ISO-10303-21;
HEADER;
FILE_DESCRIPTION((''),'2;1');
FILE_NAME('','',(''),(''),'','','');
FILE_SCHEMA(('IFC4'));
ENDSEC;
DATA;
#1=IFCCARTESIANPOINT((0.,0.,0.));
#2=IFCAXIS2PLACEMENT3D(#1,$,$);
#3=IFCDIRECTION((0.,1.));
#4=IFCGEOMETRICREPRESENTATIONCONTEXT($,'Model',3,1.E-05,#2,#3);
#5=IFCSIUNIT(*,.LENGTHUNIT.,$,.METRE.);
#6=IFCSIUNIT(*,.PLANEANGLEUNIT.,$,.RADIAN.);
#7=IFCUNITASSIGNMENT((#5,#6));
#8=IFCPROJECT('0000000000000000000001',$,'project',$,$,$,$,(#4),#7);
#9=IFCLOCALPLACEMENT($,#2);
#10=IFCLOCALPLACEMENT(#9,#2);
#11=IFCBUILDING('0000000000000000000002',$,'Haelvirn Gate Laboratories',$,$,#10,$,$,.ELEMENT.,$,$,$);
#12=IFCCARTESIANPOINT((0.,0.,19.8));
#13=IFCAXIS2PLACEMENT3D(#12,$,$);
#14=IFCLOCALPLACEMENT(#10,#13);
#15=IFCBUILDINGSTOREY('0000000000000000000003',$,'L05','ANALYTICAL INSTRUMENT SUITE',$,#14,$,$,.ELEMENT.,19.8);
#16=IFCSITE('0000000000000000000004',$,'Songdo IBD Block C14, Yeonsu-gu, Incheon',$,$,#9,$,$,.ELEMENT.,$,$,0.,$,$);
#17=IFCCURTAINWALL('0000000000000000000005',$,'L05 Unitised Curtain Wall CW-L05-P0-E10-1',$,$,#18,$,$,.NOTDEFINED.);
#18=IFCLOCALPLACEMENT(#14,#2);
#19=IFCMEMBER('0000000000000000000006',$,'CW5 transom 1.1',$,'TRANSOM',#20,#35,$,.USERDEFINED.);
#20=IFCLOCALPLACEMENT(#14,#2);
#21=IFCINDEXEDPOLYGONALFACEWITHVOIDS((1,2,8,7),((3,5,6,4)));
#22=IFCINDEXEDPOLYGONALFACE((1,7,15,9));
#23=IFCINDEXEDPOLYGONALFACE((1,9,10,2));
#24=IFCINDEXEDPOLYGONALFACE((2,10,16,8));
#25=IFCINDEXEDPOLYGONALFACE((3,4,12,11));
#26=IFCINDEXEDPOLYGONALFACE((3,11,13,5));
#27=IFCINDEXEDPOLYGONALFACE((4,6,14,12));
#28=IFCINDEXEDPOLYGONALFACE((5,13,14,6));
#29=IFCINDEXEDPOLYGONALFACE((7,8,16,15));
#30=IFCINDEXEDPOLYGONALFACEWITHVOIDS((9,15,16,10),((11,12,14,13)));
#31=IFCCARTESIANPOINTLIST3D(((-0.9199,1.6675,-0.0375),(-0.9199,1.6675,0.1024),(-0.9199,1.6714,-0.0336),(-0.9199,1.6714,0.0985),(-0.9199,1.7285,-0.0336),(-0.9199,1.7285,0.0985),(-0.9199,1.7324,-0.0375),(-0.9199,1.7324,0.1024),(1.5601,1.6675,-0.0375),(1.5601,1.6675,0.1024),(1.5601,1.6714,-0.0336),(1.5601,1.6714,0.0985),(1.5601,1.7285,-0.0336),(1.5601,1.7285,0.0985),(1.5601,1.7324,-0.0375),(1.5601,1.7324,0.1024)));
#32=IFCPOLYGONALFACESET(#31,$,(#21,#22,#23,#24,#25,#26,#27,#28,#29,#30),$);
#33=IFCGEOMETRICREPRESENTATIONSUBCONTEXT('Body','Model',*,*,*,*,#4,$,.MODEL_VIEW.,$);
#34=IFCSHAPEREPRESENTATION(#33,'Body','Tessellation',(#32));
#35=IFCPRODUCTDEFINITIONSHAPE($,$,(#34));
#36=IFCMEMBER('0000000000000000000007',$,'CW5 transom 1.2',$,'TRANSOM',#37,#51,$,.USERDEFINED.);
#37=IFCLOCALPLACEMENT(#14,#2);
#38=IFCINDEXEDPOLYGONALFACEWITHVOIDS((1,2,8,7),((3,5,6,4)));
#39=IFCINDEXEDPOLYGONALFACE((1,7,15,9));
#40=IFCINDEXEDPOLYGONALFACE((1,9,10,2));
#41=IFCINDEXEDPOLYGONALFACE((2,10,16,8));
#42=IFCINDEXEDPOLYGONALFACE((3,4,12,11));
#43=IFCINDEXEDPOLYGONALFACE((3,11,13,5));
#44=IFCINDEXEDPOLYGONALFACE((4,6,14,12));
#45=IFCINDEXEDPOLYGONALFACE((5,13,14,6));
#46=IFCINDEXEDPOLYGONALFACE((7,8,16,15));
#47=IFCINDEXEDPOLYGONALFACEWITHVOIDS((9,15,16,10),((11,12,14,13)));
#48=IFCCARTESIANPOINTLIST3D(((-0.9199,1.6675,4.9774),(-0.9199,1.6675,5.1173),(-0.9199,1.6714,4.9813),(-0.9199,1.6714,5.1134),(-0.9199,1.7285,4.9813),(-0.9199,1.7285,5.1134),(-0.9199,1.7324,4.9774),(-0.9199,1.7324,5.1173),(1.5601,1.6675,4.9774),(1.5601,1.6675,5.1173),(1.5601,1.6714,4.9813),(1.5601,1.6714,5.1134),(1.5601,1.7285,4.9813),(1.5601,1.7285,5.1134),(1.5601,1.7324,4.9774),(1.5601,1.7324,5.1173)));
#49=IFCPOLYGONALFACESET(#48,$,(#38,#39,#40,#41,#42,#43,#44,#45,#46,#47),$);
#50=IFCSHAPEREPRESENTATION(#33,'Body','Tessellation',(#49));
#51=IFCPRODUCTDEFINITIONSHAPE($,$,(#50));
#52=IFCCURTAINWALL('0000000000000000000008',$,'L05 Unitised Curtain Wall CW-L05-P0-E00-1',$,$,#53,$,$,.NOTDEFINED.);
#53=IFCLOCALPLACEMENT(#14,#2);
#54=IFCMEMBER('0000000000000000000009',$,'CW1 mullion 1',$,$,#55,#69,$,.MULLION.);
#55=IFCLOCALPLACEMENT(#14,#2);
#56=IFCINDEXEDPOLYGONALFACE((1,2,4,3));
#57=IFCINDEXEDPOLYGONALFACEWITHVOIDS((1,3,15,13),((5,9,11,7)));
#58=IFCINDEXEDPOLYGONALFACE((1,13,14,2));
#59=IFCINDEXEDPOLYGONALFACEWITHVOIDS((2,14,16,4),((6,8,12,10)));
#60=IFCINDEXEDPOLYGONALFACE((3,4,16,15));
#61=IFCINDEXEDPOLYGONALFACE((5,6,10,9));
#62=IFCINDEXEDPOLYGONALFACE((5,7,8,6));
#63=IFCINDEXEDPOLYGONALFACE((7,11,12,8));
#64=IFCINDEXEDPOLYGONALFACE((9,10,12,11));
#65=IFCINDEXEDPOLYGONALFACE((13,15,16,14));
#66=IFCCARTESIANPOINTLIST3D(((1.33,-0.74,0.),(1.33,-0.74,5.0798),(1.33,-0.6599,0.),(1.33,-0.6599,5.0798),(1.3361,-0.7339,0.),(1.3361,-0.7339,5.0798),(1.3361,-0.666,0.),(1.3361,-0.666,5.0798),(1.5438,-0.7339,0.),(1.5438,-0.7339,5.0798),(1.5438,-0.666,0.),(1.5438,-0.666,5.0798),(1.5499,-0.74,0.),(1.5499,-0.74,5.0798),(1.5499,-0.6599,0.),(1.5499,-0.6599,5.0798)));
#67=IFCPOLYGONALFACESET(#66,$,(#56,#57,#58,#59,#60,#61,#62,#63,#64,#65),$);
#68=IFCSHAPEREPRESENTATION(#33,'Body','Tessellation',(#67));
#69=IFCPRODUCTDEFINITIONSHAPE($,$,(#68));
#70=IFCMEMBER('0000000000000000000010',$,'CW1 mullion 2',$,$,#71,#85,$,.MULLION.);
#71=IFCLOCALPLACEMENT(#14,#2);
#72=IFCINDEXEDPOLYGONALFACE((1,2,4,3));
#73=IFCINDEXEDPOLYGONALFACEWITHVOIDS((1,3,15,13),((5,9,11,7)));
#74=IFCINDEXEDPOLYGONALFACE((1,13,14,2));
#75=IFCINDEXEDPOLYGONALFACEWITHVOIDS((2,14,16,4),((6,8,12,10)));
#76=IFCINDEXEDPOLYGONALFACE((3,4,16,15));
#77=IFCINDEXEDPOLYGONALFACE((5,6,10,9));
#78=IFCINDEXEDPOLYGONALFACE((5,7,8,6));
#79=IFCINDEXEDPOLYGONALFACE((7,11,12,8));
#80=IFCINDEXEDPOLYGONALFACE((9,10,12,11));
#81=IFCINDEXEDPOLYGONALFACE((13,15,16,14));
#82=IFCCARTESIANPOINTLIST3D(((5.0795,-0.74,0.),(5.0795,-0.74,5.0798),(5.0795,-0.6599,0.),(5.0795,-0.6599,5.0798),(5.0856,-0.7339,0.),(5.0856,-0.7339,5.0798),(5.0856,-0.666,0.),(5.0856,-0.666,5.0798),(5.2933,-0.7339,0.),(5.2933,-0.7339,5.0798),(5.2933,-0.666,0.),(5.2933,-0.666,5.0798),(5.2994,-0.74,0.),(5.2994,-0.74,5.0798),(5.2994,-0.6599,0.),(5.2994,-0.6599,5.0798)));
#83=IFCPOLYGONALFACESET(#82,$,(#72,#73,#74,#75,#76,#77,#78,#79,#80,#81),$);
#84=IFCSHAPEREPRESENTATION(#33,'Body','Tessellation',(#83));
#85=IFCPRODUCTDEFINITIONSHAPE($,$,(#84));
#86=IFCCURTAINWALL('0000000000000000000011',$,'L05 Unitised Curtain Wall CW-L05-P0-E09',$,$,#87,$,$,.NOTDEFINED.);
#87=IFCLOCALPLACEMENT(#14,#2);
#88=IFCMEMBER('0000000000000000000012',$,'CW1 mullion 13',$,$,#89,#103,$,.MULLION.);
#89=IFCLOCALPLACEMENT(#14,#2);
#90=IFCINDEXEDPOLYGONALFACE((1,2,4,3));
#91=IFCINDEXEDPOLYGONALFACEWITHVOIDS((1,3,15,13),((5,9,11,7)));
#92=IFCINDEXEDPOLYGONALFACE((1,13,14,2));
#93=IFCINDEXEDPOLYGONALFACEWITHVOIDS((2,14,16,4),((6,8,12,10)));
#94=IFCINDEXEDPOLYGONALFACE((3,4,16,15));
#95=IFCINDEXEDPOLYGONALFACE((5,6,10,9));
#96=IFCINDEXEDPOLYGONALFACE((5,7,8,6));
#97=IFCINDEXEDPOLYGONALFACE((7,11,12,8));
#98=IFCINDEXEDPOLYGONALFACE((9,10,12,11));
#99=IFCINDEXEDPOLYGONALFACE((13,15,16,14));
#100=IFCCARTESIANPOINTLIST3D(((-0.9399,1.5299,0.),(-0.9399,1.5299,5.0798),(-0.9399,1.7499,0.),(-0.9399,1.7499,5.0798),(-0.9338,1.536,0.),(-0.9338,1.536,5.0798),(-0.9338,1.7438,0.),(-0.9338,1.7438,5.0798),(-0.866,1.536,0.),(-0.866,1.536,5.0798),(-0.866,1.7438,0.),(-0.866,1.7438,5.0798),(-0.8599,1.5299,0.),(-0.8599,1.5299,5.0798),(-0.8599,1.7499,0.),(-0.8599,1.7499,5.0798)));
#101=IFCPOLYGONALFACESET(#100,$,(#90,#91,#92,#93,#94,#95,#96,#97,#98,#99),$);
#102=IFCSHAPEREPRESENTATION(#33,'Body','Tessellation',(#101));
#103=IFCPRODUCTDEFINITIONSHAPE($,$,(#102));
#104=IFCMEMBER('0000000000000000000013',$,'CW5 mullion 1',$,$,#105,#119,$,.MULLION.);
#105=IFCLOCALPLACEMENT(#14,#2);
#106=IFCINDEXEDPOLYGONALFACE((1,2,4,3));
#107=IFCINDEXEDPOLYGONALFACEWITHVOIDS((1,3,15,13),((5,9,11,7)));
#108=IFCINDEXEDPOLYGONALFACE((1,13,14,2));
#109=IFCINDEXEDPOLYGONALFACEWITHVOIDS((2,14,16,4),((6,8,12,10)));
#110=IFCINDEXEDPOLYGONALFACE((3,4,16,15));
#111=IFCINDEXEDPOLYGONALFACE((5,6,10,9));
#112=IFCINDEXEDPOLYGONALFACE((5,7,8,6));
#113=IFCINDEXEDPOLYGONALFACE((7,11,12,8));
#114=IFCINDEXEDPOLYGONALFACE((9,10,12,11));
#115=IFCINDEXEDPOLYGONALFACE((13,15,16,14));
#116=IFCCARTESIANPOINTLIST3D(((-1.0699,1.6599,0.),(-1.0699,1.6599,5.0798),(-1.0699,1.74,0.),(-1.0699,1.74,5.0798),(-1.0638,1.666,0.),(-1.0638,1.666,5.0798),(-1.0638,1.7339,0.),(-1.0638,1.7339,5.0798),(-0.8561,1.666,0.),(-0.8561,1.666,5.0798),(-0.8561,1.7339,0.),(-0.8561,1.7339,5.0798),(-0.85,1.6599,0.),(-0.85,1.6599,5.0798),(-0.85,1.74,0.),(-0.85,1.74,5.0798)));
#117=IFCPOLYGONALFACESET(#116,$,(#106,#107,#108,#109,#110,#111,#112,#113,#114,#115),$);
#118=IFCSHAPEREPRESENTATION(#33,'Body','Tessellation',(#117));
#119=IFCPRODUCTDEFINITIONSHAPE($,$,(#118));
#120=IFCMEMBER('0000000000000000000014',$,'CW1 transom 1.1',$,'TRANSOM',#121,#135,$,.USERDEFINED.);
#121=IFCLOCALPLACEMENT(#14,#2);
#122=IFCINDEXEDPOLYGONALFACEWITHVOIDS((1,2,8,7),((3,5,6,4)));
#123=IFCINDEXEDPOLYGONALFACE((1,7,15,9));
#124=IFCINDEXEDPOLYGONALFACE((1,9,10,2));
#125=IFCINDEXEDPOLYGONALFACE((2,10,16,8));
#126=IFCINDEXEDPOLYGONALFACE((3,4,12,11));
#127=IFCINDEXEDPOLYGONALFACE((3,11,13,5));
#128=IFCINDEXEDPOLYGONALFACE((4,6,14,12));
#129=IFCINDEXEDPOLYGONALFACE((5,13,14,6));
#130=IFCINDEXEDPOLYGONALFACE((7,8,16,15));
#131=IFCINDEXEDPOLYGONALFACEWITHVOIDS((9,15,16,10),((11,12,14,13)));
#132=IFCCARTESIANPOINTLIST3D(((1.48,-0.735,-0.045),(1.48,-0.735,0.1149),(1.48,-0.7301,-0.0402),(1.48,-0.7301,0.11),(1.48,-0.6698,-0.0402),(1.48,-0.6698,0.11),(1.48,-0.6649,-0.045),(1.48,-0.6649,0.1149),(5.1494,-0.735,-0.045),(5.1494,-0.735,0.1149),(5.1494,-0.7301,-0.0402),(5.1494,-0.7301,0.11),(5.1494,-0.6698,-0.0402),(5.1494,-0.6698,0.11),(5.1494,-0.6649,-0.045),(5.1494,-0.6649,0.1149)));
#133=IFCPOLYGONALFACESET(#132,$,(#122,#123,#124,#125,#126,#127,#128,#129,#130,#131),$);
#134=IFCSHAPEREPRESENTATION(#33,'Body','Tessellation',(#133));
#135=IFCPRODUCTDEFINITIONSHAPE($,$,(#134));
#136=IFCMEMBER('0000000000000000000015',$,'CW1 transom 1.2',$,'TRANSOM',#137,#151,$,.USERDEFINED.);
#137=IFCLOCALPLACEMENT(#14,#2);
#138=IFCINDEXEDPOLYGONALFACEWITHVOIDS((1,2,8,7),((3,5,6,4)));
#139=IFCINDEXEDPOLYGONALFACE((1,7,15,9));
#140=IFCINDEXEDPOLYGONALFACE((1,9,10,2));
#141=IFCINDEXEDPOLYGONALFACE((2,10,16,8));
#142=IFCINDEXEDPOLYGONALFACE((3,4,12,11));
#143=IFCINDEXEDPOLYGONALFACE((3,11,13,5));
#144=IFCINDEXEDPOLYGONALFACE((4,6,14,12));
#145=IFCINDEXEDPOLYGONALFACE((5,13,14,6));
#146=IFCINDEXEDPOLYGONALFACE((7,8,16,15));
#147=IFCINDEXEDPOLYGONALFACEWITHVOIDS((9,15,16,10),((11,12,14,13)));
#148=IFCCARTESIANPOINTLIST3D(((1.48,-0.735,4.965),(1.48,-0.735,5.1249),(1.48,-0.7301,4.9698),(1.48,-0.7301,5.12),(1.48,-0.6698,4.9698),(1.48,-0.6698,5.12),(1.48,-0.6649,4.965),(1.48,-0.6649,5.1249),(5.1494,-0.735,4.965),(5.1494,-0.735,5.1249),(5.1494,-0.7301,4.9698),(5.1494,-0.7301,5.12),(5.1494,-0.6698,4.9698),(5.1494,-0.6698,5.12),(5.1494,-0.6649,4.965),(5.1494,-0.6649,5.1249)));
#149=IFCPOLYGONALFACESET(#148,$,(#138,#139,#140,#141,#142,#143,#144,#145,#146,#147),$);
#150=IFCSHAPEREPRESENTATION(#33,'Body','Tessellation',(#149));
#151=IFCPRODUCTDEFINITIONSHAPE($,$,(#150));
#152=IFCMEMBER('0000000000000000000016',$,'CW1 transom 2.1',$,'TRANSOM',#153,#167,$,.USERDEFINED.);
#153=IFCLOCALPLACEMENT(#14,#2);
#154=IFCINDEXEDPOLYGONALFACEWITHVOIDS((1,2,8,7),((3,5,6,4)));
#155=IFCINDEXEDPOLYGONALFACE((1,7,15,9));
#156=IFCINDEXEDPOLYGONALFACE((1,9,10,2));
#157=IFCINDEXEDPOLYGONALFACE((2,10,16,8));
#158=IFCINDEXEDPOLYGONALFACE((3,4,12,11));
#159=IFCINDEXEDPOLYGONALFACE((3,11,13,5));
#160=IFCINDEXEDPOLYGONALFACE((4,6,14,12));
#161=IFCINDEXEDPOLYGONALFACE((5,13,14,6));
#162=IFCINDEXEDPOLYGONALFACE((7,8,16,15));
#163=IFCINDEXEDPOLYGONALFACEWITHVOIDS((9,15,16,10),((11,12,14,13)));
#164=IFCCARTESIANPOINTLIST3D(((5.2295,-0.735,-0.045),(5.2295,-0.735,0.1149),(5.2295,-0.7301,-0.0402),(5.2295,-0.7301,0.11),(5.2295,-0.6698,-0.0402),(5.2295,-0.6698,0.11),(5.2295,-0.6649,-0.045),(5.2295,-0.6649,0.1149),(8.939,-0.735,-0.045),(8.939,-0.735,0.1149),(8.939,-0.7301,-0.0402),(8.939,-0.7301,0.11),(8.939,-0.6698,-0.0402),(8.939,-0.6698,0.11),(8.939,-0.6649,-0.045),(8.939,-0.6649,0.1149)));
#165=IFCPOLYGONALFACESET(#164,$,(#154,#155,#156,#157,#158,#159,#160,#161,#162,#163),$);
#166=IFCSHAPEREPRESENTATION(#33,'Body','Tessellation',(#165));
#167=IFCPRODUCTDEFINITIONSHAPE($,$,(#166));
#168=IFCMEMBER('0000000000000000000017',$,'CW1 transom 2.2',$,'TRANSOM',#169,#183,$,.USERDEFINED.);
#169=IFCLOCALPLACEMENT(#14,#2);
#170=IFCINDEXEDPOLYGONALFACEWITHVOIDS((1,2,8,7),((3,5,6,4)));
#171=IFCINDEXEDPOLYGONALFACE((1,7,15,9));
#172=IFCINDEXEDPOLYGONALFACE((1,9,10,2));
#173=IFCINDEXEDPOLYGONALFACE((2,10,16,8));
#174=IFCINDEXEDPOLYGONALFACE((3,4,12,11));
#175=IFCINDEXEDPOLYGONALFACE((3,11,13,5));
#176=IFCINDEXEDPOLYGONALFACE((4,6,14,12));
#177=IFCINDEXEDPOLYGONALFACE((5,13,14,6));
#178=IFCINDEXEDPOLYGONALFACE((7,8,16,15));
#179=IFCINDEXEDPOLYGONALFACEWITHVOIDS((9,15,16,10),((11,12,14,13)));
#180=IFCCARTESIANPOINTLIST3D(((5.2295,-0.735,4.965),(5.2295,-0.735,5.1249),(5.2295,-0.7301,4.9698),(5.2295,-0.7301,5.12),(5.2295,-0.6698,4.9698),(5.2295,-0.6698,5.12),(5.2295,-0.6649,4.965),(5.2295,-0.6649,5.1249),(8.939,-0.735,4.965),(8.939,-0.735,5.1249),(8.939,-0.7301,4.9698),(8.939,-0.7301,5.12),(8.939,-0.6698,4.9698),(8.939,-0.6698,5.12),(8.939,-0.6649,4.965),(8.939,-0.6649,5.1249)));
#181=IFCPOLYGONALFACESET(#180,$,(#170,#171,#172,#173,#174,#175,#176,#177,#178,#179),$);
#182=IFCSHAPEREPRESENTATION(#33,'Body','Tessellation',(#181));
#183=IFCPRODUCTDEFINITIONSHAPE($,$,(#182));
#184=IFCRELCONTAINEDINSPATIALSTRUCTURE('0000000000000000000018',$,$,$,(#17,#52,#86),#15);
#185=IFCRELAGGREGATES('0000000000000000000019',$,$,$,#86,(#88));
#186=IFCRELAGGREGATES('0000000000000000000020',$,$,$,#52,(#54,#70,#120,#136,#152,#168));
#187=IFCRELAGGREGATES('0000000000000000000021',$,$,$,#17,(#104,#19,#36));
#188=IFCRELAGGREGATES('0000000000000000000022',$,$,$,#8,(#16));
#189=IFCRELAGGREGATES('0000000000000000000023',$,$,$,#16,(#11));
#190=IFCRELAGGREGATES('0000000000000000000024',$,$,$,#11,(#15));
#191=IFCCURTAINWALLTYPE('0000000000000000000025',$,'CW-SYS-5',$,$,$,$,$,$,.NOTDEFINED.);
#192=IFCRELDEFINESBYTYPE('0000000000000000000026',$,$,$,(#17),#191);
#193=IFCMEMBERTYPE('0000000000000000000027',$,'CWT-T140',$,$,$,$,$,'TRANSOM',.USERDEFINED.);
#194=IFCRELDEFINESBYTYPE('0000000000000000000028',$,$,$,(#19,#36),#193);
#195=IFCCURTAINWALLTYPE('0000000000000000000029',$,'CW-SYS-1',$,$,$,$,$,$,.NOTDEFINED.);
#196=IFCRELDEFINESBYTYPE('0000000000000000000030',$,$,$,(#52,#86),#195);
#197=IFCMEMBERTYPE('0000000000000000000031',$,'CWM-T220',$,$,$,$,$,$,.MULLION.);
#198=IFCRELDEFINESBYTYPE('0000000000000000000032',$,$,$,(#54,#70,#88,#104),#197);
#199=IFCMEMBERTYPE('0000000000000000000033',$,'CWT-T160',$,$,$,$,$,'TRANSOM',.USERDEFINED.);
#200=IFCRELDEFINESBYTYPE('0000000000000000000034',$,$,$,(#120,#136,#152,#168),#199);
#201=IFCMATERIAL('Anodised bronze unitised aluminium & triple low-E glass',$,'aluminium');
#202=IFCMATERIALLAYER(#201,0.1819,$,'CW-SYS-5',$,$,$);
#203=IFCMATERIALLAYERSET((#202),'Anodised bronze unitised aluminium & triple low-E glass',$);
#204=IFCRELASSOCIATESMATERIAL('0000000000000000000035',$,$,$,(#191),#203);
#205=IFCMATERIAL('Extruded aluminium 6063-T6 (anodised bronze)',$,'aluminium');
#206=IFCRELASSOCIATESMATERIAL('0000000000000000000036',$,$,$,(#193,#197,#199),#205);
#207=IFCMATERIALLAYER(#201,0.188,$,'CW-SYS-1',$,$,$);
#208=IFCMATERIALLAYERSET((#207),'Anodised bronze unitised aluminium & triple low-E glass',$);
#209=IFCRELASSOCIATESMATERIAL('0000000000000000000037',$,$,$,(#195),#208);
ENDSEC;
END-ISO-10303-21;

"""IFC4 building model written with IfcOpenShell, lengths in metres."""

from ifc_helpers import new_model, si_unit, direction, frame, origin, origin_2d, place, context, subcontext, project, spatial, hollow_rectangle, extrude, source, transform, mapped, material, layer, layer_set, material_profile, profile_set, type_object, type_shapes, element, aggregate, save


model = new_model("IFC4")

# Units and contexts
model_context = context("Model", 3, precision=1e-05, world=origin(), true_north=direction((0.0, 1.0)))
body_context = subcontext(model_context, "Body", "Model", "MODEL_VIEW")
ifc_project = project(units=[si_unit("LENGTHUNIT", "METRE"), si_unit("PLANEANGLEUNIT", "RADIAN")], contexts=[model_context])

# Site, building, storey
site_placement = place(None, origin())
site = spatial("IfcSite", under=ifc_project, at=site_placement, Name="Songdo IBD Block C14, Yeonsu-gu, Incheon", CompositionType="ELEMENT", RefElevation=0.0)
building_placement = place(site_placement, origin())
building = spatial("IfcBuilding", under=site, at=building_placement, Name="Haelvirn Gate Laboratories", CompositionType="ELEMENT")
storey_placement = place(building_placement, frame((0.0, 0.0, 19.8)))
storey = spatial("IfcBuildingStorey", under=building, at=storey_placement, Name="L05", Description="ANALYTICAL INSTRUMENT SUITE", CompositionType="ELEMENT", Elevation=19.8)

# Curtain walls, members
ifc_material_1 = material(Name="Anodised bronze unitised aluminium & triple low-E glass", Category="aluminium")
ifc_layer_1 = layer(ifc_material_1, 0.1819, Name="CW-SYS-5")
ifc_layer_set_1 = layer_set([ifc_layer_1], Name="Anodised bronze unitised aluminium & triple low-E glass")
curtain_wall_type_1 = type_object("IfcCurtainWallType", Name="CW-SYS-5", PredefinedType="NOTDEFINED", material=ifc_layer_set_1)
curtain_wall_1_placement = place(storey_placement, origin())
curtain_wall_1 = element("IfcCurtainWall", 1, at=curtain_wall_1_placement, inside=storey, type_object=curtain_wall_type_1, Name="L05 Unitised Curtain Wall CW-L05-P0-E10-1", PredefinedType="NOTDEFINED")
ifc_material_2 = material(Name="Extruded aluminium 6063-T6 (anodised bronze)", Category="aluminium")
ifc_material_profile_1 = material_profile(ifc_material_2, hollow_rectangle(XDim=0.0649, YDim=0.1399, WallThickness=0.0039, at=origin_2d()), Name="CWT-140x65x4")
ifc_profile_set_1 = profile_set([ifc_material_profile_1], Name="Extruded aluminium 6063-T6 (anodised bronze)")
member_type_1 = type_object("IfcMemberType", Name="CWT-T140", ElementType="TRANSOM", PredefinedType="USERDEFINED", material=ifc_profile_set_1)
shared_shape_1 = source(origin(), body_context, "Body", "SweptSolid", [
    extrude(hollow_rectangle(XDim=0.0649, YDim=0.1399, WallThickness=0.0039, at=origin_2d()), origin(), (0.0, 0.0, 1.0), 2.48),
])
type_shapes(member_type_1, [shared_shape_1])
member_1_placement = place(storey_placement, frame((-0.9199, 1.7, 0.0325), z_axis=(1.0, 0.0, 0.0), x_axis=(0.0, 1.0, 0.0)))
member_1 = element("IfcMember", 2, at=member_1_placement, type_object=member_type_1, Name="CW5 transom 1.1", ObjectType="TRANSOM", PredefinedType="USERDEFINED", context=body_context, shape_type="MappedRepresentation", body=[
    mapped(shared_shape_1, transform((0.0, 0.0, 0.0), scale=1.0)),
])
member_2_placement = place(storey_placement, frame((-0.9199, 1.7, 5.0474), z_axis=(1.0, 0.0, 0.0), x_axis=(0.0, 1.0, 0.0)))
member_2 = element("IfcMember", 3, at=member_2_placement, type_object=member_type_1, Name="CW5 transom 1.2", ObjectType="TRANSOM", PredefinedType="USERDEFINED", context=body_context, shape_type="MappedRepresentation", body=[
    mapped(shared_shape_1, transform((0.0, 0.0, 0.0), scale=1.0)),
])
ifc_layer_2 = layer(ifc_material_1, 0.188, Name="CW-SYS-1")
ifc_layer_set_2 = layer_set([ifc_layer_2], Name="Anodised bronze unitised aluminium & triple low-E glass")
curtain_wall_type_2 = type_object("IfcCurtainWallType", Name="CW-SYS-1", PredefinedType="NOTDEFINED", material=ifc_layer_set_2)
curtain_wall_2_placement = place(storey_placement, origin())
curtain_wall_2 = element("IfcCurtainWall", 4, at=curtain_wall_2_placement, inside=storey, type_object=curtain_wall_type_2, Name="L05 Unitised Curtain Wall CW-L05-P0-E00-1", PredefinedType="NOTDEFINED")
ifc_material_profile_2 = material_profile(ifc_material_2, hollow_rectangle(XDim=0.0801, YDim=0.22, WallThickness=0.0061, at=origin_2d()), Name="CWM-220x80x6")
ifc_profile_set_2 = profile_set([ifc_material_profile_2], Name="Extruded aluminium 6063-T6 (anodised bronze)")
member_type_2 = type_object("IfcMemberType", Name="CWM-T220", PredefinedType="MULLION", material=ifc_profile_set_2)
shared_shape_2 = source(origin(), body_context, "Body", "SweptSolid", [
    extrude(hollow_rectangle(XDim=0.0801, YDim=0.22, WallThickness=0.0061, at=origin_2d()), origin(), (0.0, 0.0, 1.0), 5.0798),
])
type_shapes(member_type_2, [shared_shape_2])
member_3_placement = place(storey_placement, frame((1.4399, -0.7, 0.0), z_axis=(0.0, 0.0, 1.0), x_axis=(0.0, 1.0, 0.0)))
member_3 = element("IfcMember", 5, at=member_3_placement, type_object=member_type_2, Name="CW1 mullion 1", PredefinedType="MULLION", context=body_context, shape_type="MappedRepresentation", body=[
    mapped(shared_shape_2, transform((0.0, 0.0, 0.0), scale=1.0)),
])
member_4_placement = place(storey_placement, frame((5.1895, -0.7, 0.0), z_axis=(0.0, 0.0, 1.0), x_axis=(0.0, 1.0, 0.0)))
member_4 = element("IfcMember", 6, at=member_4_placement, type_object=member_type_2, Name="CW1 mullion 2", PredefinedType="MULLION", context=body_context, shape_type="MappedRepresentation", body=[
    mapped(shared_shape_2, transform((0.0, 0.0, 0.0), scale=1.0)),
])

# Curtain wall, member
curtain_wall_3_placement = place(storey_placement, origin())
curtain_wall_3 = element("IfcCurtainWall", 7, at=curtain_wall_3_placement, inside=storey, type_object=curtain_wall_type_2, Name="L05 Unitised Curtain Wall CW-L05-P0-E09", PredefinedType="NOTDEFINED")
member_5_placement = place(storey_placement, frame((-0.8999, 1.6399, 0.0), z_axis=(0.0, 0.0, 1.0), x_axis=(1.0, 0.0, 0.0)))
member_5 = element("IfcMember", 8, at=member_5_placement, type_object=member_type_2, Name="CW1 mullion 13", PredefinedType="MULLION", context=body_context, shape_type="MappedRepresentation", body=[
    mapped(shared_shape_2, transform((0.0, 0.0, 0.0), scale=1.0)),
])
aggregate(curtain_wall_3, [member_5])

# Members
member_6_placement = place(storey_placement, frame((-0.96, 1.7, 0.0), z_axis=(0.0, 0.0, 1.0), x_axis=(0.0, 1.0, 0.0)))
member_6 = element("IfcMember", 9, at=member_6_placement, type_object=member_type_2, Name="CW5 mullion 1", PredefinedType="MULLION", context=body_context, shape_type="MappedRepresentation", body=[
    mapped(shared_shape_2, transform((0.0, 0.0, 0.0), scale=1.0)),
])
ifc_material_profile_3 = material_profile(ifc_material_2, hollow_rectangle(XDim=0.0701, YDim=0.1599, WallThickness=0.0049, at=origin_2d()), Name="CWT-160x70x5")
ifc_profile_set_3 = profile_set([ifc_material_profile_3], Name="Extruded aluminium 6063-T6 (anodised bronze)")
member_type_3 = type_object("IfcMemberType", Name="CWT-T160", ElementType="TRANSOM", PredefinedType="USERDEFINED", material=ifc_profile_set_3)
shared_shape_3 = source(origin(), body_context, "Body", "SweptSolid", [
    extrude(hollow_rectangle(XDim=0.0701, YDim=0.1599, WallThickness=0.0049, at=origin_2d()), origin(), (0.0, 0.0, 1.0), 3.6694),
])
member_7_placement = place(storey_placement, frame((1.48, -0.7, 0.0349), z_axis=(1.0, 0.0, 0.0), x_axis=(0.0, 1.0, 0.0)))
member_7 = element("IfcMember", 10, at=member_7_placement, type_object=member_type_3, Name="CW1 transom 1.1", ObjectType="TRANSOM", PredefinedType="USERDEFINED", context=body_context, shape_type="MappedRepresentation", body=[
    mapped(shared_shape_3, transform((0.0, 0.0, 0.0), scale=1.0)),
])
member_8_placement = place(storey_placement, frame((1.48, -0.7, 5.0449), z_axis=(1.0, 0.0, 0.0), x_axis=(0.0, 1.0, 0.0)))
member_8 = element("IfcMember", 11, at=member_8_placement, type_object=member_type_3, Name="CW1 transom 1.2", ObjectType="TRANSOM", PredefinedType="USERDEFINED", context=body_context, shape_type="MappedRepresentation", body=[
    mapped(shared_shape_3, transform((0.0, 0.0, 0.0), scale=1.0)),
])
shared_shape_4 = source(origin(), body_context, "Body", "SweptSolid", [
    extrude(hollow_rectangle(XDim=0.0701, YDim=0.1599, WallThickness=0.0049, at=origin_2d()), origin(), (0.0, 0.0, 1.0), 3.7095),
])
type_shapes(member_type_3, [shared_shape_3, shared_shape_4])
member_9_placement = place(storey_placement, frame((5.2295, -0.7, 0.0349), z_axis=(1.0, 0.0, 0.0), x_axis=(0.0, 1.0, 0.0)))
member_9 = element("IfcMember", 12, at=member_9_placement, type_object=member_type_3, Name="CW1 transom 2.1", ObjectType="TRANSOM", PredefinedType="USERDEFINED", context=body_context, shape_type="MappedRepresentation", body=[
    mapped(shared_shape_4, transform((0.0, 0.0, 0.0), scale=1.0)),
])
member_10_placement = place(storey_placement, frame((5.2295, -0.7, 5.0449), z_axis=(1.0, 0.0, 0.0), x_axis=(0.0, 1.0, 0.0)))
member_10 = element("IfcMember", 13, at=member_10_placement, type_object=member_type_3, Name="CW1 transom 2.2", ObjectType="TRANSOM", PredefinedType="USERDEFINED", context=body_context, shape_type="MappedRepresentation", body=[
    mapped(shared_shape_4, transform((0.0, 0.0, 0.0), scale=1.0)),
])

aggregate(curtain_wall_2, [member_3, member_4, member_7, member_8, member_9, member_10])
aggregate(curtain_wall_1, [member_6, member_1, member_2])

save(model, "model.ifc")
